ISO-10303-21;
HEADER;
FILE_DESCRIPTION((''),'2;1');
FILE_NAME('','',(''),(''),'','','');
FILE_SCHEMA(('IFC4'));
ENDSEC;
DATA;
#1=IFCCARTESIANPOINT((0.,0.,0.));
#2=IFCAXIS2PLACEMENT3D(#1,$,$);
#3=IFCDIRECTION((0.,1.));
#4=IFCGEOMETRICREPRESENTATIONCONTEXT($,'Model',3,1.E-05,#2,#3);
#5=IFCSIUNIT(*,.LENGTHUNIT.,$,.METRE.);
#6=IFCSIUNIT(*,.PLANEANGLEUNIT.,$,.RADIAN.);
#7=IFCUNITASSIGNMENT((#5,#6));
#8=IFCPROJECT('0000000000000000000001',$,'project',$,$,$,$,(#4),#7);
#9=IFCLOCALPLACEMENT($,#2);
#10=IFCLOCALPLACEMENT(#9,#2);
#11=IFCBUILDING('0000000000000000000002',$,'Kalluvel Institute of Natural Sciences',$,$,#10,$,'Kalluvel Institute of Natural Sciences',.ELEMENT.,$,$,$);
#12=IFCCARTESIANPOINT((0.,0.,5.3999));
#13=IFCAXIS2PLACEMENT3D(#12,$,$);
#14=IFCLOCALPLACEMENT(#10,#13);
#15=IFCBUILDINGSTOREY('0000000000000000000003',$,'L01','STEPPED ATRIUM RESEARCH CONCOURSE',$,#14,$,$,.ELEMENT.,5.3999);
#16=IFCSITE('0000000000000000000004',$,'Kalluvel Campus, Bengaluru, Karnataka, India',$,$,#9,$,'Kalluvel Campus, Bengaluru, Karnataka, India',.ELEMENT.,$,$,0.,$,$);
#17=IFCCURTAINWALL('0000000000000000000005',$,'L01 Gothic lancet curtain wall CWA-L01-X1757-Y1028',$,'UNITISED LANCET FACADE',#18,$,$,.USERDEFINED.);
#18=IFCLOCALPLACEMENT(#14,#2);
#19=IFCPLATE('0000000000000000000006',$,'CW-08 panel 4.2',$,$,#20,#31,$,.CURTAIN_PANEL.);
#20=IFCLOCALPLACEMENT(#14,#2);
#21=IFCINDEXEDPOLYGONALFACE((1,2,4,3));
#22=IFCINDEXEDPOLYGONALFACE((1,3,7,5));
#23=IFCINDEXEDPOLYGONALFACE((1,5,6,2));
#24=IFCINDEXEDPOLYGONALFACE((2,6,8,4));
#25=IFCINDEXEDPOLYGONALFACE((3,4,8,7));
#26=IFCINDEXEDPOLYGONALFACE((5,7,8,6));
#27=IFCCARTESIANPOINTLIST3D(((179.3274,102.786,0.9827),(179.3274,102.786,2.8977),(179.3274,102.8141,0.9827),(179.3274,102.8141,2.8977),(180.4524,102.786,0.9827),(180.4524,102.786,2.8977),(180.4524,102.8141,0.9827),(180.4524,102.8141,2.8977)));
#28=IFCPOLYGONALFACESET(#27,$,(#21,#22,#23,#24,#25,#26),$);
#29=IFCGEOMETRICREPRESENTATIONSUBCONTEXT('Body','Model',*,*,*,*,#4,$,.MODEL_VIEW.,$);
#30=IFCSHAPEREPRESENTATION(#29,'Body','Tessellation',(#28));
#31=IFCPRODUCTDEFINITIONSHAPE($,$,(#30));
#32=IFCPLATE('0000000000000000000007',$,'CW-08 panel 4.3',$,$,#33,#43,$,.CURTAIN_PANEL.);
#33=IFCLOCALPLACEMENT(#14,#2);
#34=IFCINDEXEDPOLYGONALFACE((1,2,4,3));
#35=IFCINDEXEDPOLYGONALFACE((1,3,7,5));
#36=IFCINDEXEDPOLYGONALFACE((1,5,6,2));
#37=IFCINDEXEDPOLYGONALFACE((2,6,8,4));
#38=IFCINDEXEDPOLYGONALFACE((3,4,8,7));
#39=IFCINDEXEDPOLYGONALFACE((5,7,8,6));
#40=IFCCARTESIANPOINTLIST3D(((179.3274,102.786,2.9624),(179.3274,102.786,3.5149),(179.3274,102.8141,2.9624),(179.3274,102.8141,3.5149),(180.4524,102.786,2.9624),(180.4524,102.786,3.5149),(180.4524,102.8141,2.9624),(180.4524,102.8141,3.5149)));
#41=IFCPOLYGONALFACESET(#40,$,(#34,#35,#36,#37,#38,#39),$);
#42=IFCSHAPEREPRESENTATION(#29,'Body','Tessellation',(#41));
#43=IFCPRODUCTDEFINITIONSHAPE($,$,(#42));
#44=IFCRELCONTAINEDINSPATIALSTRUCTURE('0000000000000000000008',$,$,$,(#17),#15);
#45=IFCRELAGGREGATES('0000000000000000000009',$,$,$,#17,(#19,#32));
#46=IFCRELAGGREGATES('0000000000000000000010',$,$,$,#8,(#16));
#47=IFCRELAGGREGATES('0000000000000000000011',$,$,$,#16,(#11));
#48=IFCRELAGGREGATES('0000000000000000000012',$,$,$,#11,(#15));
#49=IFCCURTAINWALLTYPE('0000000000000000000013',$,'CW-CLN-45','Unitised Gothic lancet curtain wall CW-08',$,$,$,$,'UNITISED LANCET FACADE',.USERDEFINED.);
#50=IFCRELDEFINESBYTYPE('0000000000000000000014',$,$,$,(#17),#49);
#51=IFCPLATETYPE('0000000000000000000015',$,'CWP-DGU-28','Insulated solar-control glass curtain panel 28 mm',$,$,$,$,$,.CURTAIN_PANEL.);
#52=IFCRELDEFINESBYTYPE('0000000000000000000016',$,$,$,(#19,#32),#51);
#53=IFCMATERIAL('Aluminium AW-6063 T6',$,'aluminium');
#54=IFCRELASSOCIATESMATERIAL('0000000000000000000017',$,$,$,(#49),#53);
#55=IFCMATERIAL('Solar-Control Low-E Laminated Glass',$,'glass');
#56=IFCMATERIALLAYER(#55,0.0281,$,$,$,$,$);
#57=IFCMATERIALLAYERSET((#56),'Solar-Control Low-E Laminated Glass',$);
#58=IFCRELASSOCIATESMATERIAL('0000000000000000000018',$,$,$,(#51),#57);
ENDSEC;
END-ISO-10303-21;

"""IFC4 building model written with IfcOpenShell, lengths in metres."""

from ifc_helpers import new_model, si_unit, direction, frame, origin, origin_2d, place, context, subcontext, project, spatial, rectangle, extrude, material, layer, layer_set, type_object, element, aggregate, save


model = new_model("IFC4")

# Units and contexts
model_context = context("Model", 3, precision=1e-05, world=origin(), true_north=direction((0.0, 1.0)))
body_context = subcontext(model_context, "Body", "Model", "MODEL_VIEW")
ifc_project = project(units=[si_unit("LENGTHUNIT", "METRE"), si_unit("PLANEANGLEUNIT", "RADIAN")], contexts=[model_context])

# Site, building, storey
site_placement = place(None, origin())
site = spatial("IfcSite", under=ifc_project, at=site_placement, Name="Kalluvel Campus, Bengaluru, Karnataka, India", LongName="Kalluvel Campus, Bengaluru, Karnataka, India", CompositionType="ELEMENT", RefElevation=0.0)
building_placement = place(site_placement, origin())
building = spatial("IfcBuilding", under=site, at=building_placement, Name="Kalluvel Institute of Natural Sciences", LongName="Kalluvel Institute of Natural Sciences", CompositionType="ELEMENT")
storey_placement = place(building_placement, frame((0.0, 0.0, 5.3999)))
storey = spatial("IfcBuildingStorey", under=building, at=storey_placement, Name="L01", Description="STEPPED ATRIUM RESEARCH CONCOURSE", CompositionType="ELEMENT", Elevation=5.3999)

# Curtain wall, plates
ifc_material_1 = material(Name="Aluminium AW-6063 T6", Category="aluminium")
curtain_wall_type = type_object("IfcCurtainWallType", Name="CW-CLN-45", Description="Unitised Gothic lancet curtain wall CW-08", ElementType="UNITISED LANCET FACADE", PredefinedType="USERDEFINED", material=ifc_material_1)
curtain_wall_placement = place(storey_placement, origin())
curtain_wall = element("IfcCurtainWall", 1, at=curtain_wall_placement, inside=storey, type_object=curtain_wall_type, Name="L01 Gothic lancet curtain wall CWA-L01-X1757-Y1028", ObjectType="UNITISED LANCET FACADE", PredefinedType="USERDEFINED")
ifc_material_2 = material(Name="Solar-Control Low-E Laminated Glass", Category="glass")
ifc_layer = layer(ifc_material_2, 0.0281)
ifc_layer_set = layer_set([ifc_layer], Name="Solar-Control Low-E Laminated Glass")
plate_type = type_object("IfcPlateType", Name="CWP-DGU-28", Description="Insulated solar-control glass curtain panel 28 mm", PredefinedType="CURTAIN_PANEL", material=ifc_layer_set)
plate_1_placement = place(storey_placement, frame((179.8899, 102.8, 0.9827), z_axis=(0.0, 0.0, 1.0), x_axis=(1.0, 0.0, 0.0)))
plate_1 = element("IfcPlate", 2, at=plate_1_placement, type_object=plate_type, Name="CW-08 panel 4.2", PredefinedType="CURTAIN_PANEL", context=body_context, shape_type="SweptSolid", body=[
    extrude(rectangle(XDim=1.125, YDim=0.0281, at=origin_2d()), origin(), (0.0, 0.0, 1.0), 1.915),
])
plate_2_placement = place(storey_placement, frame((179.8899, 102.8, 2.9624), z_axis=(0.0, 0.0, 1.0), x_axis=(1.0, 0.0, 0.0)))
plate_2 = element("IfcPlate", 3, at=plate_2_placement, type_object=plate_type, Name="CW-08 panel 4.3", PredefinedType="CURTAIN_PANEL", context=body_context, shape_type="SweptSolid", body=[
    extrude(rectangle(XDim=1.125, YDim=0.0281, at=origin_2d()), origin(), (0.0, 0.0, 1.0), 0.5525),
])
aggregate(curtain_wall, [plate_1, plate_2])

save(model, "model.ifc")
